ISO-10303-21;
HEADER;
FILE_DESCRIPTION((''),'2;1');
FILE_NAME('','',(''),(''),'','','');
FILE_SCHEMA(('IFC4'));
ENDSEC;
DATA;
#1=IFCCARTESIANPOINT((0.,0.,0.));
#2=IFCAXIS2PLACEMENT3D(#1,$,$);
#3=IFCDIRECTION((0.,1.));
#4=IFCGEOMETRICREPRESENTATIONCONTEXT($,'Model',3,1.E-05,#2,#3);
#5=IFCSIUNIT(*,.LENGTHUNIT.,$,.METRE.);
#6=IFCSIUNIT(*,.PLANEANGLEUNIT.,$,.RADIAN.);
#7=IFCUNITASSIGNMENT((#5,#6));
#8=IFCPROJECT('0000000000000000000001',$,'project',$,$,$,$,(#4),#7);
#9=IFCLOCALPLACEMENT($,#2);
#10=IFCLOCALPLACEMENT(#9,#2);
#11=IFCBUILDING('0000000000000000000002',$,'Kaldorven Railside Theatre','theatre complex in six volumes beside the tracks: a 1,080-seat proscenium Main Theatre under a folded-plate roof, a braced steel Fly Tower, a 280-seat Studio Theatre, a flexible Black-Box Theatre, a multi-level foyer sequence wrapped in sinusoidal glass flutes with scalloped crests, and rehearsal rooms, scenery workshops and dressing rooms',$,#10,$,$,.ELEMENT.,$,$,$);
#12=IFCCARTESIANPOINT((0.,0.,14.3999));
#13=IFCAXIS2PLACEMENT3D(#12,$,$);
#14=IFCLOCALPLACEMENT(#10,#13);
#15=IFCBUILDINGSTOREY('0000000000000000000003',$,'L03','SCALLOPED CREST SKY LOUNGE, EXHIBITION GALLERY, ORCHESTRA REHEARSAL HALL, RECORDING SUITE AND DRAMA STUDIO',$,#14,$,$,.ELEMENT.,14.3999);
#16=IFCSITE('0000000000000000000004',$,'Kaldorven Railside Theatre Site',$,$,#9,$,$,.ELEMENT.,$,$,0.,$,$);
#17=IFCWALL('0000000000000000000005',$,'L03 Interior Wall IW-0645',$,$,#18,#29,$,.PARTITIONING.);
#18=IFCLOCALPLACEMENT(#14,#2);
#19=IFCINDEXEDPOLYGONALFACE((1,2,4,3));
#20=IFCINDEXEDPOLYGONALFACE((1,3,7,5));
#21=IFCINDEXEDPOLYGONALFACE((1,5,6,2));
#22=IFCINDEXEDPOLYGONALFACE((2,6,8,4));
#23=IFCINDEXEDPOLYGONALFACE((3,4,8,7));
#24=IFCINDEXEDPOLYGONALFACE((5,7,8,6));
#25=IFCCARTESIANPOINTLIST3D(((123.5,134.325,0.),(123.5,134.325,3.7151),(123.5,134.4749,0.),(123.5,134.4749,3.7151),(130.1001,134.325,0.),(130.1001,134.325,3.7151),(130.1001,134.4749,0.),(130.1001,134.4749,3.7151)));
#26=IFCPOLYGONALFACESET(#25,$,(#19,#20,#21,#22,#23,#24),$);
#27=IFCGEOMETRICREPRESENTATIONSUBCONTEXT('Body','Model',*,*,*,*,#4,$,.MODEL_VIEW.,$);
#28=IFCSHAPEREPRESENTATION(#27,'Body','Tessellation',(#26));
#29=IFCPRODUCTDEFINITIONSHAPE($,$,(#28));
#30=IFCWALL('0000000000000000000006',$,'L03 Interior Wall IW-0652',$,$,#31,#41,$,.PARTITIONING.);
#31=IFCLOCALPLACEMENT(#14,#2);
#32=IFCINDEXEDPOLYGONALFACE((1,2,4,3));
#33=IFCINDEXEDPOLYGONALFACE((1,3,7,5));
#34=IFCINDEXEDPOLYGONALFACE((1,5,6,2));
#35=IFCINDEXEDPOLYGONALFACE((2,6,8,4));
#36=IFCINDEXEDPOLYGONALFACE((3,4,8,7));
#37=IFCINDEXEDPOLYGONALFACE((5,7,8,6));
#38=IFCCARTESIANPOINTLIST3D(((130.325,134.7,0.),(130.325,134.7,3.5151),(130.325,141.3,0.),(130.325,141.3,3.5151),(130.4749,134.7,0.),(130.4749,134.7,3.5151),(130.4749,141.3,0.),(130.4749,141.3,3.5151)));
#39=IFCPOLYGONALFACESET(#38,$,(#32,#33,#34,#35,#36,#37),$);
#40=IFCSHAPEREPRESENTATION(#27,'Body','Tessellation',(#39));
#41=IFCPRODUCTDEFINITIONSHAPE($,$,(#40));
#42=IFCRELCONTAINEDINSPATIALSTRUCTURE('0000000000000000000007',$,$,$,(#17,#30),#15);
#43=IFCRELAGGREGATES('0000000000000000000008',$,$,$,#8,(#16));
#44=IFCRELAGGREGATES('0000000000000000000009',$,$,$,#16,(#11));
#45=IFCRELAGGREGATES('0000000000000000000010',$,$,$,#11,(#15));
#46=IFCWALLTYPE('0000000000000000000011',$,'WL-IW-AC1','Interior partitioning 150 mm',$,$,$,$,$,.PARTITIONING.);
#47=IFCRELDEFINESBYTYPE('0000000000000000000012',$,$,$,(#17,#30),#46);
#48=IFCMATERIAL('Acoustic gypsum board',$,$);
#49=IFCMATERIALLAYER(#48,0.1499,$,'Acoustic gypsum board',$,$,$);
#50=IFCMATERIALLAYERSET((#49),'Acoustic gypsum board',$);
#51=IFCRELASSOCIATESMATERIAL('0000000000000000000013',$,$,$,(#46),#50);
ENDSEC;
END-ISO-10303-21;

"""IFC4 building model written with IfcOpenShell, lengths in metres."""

from ifc_helpers import new_model, si_unit, direction, frame, frame_2d, origin, place, context, subcontext, project, spatial, rectangle, extrude, material, layer, layer_set, type_object, element, save


model = new_model("IFC4")

# Units and contexts
model_context = context("Model", 3, precision=1e-05, world=origin(), true_north=direction((0.0, 1.0)))
body_context = subcontext(model_context, "Body", "Model", "MODEL_VIEW")
ifc_project = project(units=[si_unit("LENGTHUNIT", "METRE"), si_unit("PLANEANGLEUNIT", "RADIAN")], contexts=[model_context])

# Site, building, storey
site_placement = place(None, origin())
site = spatial("IfcSite", under=ifc_project, at=site_placement, Name="Kaldorven Railside Theatre Site", CompositionType="ELEMENT", RefElevation=0.0)
building_placement = place(site_placement, origin())
building = spatial("IfcBuilding", under=site, at=building_placement, Name="Kaldorven Railside Theatre", Description="theatre complex in six volumes beside the tracks: a 1,080-seat proscenium Main Theatre under a folded-plate roof, a braced steel Fly Tower, a 280-seat Studio Theatre, a flexible Black-Box Theatre, a multi-level foyer sequence wrapped in sinusoidal glass flutes with scalloped crests, and rehearsal rooms, scenery workshops and dressing rooms", CompositionType="ELEMENT")
storey_placement = place(building_placement, frame((0.0, 0.0, 14.3999)))
storey = spatial("IfcBuildingStorey", under=building, at=storey_placement, Name="L03", Description="SCALLOPED CREST SKY LOUNGE, EXHIBITION GALLERY, ORCHESTRA REHEARSAL HALL, RECORDING SUITE AND DRAMA STUDIO", CompositionType="ELEMENT", Elevation=14.3999)

# Walls
ifc_material_1 = material(Name="Acoustic gypsum board")
ifc_layer_1 = layer(ifc_material_1, 0.1499, Name="Acoustic gypsum board")
ifc_layer_set_1 = layer_set([ifc_layer_1], Name="Acoustic gypsum board")
wall_type_1 = type_object("IfcWallType", Name="WL-IW-AC1", Description="Interior partitioning 150 mm", PredefinedType="PARTITIONING", material=ifc_layer_set_1)
wall_1_placement = place(storey_placement, frame((130.1001, 134.3999, 0.0), z_axis=(0.0, 0.0, 1.0), x_axis=(-1.0, 0.0, 0.0)))
element("IfcWall", 1, at=wall_1_placement, inside=storey, type_object=wall_type_1, Name="L03 Interior Wall IW-0645", PredefinedType="PARTITIONING", context=body_context, shape_type="SweptSolid", body=[
    extrude(rectangle(XDim=6.6001, YDim=0.1499, at=frame_2d((3.3, 0.0))), origin(), (0.0, 0.0, 1.0), 3.7151),
])
wall_2_placement = place(storey_placement, frame((130.3999, 141.3, 0.0), z_axis=(0.0, 0.0, 1.0), x_axis=(0.0, -1.0, 0.0)))
element("IfcWall", 2, at=wall_2_placement, inside=storey, type_object=wall_type_1, Name="L03 Interior Wall IW-0652", PredefinedType="PARTITIONING", context=body_context, shape_type="SweptSolid", body=[
    extrude(rectangle(XDim=6.6001, YDim=0.1499, at=frame_2d((3.3, 0.0))), origin(), (0.0, 0.0, 1.0), 3.5151),
])

save(model, "model.ifc")
